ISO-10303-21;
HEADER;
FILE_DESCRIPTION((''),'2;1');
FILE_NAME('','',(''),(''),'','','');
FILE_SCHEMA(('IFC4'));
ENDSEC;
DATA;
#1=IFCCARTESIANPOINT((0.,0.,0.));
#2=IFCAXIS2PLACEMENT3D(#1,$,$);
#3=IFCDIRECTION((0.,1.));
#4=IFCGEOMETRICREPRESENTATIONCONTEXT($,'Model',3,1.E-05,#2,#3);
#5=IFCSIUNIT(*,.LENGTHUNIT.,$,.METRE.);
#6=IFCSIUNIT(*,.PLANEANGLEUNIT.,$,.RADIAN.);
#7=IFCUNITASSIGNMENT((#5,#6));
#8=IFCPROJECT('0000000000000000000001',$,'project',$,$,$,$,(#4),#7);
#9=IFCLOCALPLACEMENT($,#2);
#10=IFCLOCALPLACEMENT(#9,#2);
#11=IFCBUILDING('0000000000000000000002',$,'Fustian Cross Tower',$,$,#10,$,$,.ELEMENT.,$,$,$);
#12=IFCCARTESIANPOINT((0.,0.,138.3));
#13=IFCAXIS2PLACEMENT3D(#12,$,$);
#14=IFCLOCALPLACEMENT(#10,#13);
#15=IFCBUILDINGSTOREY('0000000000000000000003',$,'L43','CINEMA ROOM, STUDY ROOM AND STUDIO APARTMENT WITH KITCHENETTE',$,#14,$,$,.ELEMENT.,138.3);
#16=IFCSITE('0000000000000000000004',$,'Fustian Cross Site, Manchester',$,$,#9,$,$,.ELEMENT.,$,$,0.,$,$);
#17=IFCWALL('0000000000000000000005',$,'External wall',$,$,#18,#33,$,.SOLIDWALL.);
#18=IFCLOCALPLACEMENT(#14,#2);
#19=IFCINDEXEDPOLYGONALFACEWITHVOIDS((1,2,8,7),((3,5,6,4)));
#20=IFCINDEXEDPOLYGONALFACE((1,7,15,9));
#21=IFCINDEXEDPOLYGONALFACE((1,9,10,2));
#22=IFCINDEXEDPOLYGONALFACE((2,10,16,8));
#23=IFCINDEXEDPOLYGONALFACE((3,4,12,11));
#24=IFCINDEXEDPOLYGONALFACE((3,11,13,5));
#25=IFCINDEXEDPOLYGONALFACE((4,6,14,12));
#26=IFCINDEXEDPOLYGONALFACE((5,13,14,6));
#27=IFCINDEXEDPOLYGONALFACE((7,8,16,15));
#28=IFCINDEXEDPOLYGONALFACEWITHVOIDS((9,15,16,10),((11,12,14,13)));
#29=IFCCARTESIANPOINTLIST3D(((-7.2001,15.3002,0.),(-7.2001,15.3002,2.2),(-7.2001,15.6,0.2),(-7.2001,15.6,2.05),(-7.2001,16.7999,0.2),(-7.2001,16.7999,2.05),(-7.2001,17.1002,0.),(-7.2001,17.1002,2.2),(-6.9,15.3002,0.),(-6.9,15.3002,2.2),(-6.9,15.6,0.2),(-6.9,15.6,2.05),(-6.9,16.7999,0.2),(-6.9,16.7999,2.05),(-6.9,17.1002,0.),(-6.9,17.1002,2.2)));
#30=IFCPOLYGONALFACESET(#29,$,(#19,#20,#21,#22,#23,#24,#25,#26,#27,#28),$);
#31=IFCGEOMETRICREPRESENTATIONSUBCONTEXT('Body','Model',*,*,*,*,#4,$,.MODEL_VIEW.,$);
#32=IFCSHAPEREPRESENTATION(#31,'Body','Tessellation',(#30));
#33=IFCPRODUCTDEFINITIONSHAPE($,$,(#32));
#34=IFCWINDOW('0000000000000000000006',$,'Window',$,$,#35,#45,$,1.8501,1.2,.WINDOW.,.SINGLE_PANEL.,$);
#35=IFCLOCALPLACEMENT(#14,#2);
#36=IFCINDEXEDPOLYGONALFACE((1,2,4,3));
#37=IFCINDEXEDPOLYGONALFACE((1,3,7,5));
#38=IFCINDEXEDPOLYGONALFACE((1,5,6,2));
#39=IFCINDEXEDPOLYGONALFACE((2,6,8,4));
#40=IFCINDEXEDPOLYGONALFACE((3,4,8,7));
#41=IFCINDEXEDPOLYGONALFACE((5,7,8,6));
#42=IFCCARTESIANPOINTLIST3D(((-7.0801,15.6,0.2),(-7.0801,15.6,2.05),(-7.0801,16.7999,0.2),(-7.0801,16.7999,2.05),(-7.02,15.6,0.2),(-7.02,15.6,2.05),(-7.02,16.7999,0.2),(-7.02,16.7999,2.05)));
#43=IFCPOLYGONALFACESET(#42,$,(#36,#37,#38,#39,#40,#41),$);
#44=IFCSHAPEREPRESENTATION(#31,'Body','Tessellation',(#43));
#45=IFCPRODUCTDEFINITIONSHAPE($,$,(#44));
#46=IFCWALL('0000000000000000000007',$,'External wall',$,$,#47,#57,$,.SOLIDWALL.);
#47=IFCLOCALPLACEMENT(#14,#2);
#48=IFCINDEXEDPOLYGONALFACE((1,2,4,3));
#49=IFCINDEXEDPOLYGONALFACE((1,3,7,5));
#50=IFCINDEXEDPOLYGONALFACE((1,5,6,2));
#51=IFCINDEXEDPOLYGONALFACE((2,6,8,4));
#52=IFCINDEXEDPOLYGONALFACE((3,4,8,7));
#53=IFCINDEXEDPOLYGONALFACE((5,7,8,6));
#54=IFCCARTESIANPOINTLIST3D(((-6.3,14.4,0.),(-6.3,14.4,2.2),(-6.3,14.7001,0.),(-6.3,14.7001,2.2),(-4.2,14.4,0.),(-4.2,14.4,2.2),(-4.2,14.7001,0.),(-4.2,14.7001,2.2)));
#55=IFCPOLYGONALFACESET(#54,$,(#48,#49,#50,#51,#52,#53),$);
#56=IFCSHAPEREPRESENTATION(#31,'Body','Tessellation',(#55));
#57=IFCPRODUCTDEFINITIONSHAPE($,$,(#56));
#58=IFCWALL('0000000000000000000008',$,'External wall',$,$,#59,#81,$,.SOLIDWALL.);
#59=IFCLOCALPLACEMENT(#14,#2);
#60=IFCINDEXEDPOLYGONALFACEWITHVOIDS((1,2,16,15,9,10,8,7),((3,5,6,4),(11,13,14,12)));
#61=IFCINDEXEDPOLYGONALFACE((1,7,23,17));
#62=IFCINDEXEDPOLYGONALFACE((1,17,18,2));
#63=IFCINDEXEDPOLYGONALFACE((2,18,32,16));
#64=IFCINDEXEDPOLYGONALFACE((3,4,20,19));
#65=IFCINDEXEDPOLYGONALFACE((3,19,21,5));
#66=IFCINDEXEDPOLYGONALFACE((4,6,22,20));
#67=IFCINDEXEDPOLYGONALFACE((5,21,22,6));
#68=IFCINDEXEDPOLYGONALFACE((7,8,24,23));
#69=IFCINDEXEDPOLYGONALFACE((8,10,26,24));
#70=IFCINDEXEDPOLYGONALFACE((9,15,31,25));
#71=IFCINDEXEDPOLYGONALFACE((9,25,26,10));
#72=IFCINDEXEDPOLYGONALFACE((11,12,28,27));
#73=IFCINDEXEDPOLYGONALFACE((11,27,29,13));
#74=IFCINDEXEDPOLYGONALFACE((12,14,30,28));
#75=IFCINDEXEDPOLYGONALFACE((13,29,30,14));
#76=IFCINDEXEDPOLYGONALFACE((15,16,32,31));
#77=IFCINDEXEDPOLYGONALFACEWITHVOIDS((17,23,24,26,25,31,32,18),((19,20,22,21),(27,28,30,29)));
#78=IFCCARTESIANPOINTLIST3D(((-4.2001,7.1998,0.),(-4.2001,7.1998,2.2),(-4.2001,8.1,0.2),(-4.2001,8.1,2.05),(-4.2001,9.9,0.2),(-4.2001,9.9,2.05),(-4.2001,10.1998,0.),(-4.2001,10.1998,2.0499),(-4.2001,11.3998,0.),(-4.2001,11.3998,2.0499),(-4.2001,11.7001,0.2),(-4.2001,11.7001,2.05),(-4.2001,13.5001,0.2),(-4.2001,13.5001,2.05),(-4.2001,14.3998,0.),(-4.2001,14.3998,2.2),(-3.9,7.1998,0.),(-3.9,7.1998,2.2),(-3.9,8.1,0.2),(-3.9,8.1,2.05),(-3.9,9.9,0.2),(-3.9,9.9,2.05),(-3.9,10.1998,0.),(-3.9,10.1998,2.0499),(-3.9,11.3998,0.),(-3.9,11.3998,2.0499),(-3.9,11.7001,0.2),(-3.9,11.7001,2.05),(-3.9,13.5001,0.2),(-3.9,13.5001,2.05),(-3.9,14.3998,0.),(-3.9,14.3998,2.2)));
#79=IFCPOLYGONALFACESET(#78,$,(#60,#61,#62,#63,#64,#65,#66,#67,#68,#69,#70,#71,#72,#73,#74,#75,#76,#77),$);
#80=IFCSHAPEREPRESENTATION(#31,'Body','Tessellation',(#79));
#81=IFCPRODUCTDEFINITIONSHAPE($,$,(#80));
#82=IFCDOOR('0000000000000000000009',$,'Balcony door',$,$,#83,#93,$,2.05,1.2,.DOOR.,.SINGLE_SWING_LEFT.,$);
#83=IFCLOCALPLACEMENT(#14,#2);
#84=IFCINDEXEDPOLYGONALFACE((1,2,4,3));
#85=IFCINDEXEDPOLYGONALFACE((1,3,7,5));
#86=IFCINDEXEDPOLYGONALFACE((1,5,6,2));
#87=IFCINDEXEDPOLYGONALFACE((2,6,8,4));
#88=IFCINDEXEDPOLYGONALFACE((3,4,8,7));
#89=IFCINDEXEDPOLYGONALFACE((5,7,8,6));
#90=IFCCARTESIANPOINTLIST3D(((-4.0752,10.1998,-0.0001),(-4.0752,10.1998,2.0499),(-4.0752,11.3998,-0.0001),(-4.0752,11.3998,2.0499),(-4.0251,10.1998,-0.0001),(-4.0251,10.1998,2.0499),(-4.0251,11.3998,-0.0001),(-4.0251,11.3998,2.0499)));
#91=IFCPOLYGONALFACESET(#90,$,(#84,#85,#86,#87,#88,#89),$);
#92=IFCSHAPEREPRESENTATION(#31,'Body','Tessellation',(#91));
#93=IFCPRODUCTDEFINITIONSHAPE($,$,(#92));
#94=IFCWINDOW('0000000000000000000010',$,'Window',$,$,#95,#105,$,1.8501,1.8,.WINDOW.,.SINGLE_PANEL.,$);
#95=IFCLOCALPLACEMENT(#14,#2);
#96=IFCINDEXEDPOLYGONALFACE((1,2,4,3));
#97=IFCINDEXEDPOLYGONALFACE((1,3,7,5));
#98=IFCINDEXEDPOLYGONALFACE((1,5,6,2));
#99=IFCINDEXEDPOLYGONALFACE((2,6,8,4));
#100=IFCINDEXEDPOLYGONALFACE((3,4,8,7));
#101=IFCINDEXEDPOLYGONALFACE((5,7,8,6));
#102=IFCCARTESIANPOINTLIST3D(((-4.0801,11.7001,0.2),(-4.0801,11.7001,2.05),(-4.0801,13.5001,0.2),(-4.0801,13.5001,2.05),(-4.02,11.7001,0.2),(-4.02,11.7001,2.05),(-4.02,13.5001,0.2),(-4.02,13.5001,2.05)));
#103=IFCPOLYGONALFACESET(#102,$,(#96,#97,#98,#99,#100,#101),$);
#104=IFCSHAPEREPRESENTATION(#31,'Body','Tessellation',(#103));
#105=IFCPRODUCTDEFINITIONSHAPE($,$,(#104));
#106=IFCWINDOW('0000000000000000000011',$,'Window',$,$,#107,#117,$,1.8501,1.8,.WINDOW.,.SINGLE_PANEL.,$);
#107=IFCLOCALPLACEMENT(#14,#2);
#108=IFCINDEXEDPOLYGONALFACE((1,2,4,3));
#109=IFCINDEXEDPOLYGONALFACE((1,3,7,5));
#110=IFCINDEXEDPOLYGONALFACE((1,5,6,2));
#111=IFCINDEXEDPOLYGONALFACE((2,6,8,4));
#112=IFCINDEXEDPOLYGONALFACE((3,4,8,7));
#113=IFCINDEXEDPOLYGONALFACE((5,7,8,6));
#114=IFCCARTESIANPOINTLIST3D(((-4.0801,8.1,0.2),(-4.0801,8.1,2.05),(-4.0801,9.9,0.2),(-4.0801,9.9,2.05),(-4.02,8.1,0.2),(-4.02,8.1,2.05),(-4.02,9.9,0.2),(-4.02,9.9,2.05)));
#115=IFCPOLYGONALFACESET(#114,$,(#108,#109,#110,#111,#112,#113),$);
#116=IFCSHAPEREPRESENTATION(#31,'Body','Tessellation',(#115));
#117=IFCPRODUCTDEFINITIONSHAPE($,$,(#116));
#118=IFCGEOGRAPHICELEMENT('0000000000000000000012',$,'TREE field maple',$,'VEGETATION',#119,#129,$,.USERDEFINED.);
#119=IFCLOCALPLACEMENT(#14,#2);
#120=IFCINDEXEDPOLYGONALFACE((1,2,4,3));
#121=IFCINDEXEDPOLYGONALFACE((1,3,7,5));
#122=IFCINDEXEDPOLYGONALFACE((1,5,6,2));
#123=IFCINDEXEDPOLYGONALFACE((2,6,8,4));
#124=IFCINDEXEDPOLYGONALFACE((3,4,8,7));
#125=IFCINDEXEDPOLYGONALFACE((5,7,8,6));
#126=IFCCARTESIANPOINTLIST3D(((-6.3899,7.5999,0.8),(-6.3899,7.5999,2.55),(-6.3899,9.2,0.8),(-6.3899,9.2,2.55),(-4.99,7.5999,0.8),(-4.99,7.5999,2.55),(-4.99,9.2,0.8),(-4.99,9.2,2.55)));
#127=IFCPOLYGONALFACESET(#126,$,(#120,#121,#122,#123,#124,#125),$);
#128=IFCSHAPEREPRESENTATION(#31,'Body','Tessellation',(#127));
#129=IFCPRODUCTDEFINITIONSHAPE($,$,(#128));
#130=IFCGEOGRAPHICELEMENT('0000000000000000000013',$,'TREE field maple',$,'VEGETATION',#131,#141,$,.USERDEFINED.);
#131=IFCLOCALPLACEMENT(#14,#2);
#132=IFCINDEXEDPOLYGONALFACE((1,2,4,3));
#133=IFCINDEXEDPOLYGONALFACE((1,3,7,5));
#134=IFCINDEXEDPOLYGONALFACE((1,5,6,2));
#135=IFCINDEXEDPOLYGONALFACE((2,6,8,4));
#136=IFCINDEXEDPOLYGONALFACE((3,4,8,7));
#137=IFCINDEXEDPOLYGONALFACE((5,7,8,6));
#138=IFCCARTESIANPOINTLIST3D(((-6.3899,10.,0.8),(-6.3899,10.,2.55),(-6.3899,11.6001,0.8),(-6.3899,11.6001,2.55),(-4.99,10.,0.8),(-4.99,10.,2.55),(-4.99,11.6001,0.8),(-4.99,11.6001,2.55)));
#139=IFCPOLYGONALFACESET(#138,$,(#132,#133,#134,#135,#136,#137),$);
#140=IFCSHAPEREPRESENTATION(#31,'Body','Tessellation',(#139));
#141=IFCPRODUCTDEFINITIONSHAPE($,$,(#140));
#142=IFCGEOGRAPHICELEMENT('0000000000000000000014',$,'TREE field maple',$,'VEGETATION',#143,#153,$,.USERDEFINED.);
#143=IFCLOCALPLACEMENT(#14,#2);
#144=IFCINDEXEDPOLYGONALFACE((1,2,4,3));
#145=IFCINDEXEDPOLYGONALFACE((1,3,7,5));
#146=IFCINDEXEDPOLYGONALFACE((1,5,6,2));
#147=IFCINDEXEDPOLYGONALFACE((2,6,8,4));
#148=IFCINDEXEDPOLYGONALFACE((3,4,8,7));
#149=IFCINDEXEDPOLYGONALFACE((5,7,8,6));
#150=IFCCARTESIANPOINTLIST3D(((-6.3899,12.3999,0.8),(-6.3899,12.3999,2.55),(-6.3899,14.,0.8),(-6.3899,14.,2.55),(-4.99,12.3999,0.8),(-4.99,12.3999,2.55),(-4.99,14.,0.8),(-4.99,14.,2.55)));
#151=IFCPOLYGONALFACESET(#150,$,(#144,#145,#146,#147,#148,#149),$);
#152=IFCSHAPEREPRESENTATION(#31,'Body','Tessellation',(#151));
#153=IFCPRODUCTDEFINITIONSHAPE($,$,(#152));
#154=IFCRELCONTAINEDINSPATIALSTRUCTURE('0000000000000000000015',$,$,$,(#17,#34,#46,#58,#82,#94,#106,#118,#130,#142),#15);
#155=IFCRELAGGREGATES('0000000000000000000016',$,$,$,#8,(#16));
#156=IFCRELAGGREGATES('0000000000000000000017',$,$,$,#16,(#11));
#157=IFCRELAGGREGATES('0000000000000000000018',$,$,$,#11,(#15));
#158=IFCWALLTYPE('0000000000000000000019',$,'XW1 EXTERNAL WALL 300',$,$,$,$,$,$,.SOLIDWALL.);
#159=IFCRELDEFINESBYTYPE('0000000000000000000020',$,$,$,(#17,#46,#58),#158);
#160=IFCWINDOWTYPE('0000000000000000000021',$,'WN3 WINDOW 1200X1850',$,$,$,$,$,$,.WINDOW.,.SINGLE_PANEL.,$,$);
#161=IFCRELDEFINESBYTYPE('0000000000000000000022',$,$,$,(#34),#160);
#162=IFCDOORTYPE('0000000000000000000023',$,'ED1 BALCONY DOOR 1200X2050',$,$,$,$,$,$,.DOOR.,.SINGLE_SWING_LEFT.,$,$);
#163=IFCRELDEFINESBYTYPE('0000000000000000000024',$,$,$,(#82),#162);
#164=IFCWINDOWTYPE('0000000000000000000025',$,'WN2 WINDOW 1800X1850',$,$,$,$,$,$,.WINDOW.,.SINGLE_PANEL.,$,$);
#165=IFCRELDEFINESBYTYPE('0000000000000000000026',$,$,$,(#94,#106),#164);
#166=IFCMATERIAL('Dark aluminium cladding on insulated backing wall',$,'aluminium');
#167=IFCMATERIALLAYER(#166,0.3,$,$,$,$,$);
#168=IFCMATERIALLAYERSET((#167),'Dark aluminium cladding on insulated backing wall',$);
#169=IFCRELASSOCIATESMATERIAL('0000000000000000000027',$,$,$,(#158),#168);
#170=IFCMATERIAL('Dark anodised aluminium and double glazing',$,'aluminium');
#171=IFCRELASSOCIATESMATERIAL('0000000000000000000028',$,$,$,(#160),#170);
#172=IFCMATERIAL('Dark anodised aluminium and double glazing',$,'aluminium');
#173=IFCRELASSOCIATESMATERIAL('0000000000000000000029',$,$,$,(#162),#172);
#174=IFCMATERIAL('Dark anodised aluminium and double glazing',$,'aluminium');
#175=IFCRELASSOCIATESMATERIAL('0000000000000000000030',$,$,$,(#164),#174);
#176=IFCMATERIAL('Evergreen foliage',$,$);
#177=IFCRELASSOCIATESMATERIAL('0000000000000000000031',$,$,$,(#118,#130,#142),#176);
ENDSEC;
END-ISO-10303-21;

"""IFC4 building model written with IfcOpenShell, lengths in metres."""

from ifc_helpers import new_model, si_unit, direction, frame, frame_2d, origin, origin_2d, place, context, subcontext, project, spatial, rectangle, extrude, material, layer, layer_set, type_object, element, fill, save


model = new_model("IFC4")

# Units and contexts
model_context = context("Model", 3, precision=1e-05, world=origin(), true_north=direction((0.0, 1.0)))
body_context = subcontext(model_context, "Body", "Model", "MODEL_VIEW")
ifc_project = project(units=[si_unit("LENGTHUNIT", "METRE"), si_unit("PLANEANGLEUNIT", "RADIAN")], contexts=[model_context])

# Site, building, storey
site_placement = place(None, origin())
site = spatial("IfcSite", under=ifc_project, at=site_placement, Name="Fustian Cross Site, Manchester", CompositionType="ELEMENT", RefElevation=0.0)
building_placement = place(site_placement, origin())
building = spatial("IfcBuilding", under=site, at=building_placement, Name="Fustian Cross Tower", CompositionType="ELEMENT")
storey_placement = place(building_placement, frame((0.0, 0.0, 138.3)))
storey = spatial("IfcBuildingStorey", under=building, at=storey_placement, Name="L43", Description="CINEMA ROOM, STUDY ROOM AND STUDIO APARTMENT WITH KITCHENETTE", CompositionType="ELEMENT", Elevation=138.3)

# Shared definitions
ifc_material_1 = material(Name="Dark aluminium cladding on insulated backing wall", Category="aluminium")
ifc_layer_1 = layer(ifc_material_1, 0.3)
ifc_layer_set_1 = layer_set([ifc_layer_1], Name="Dark aluminium cladding on insulated backing wall")
wall_type_1 = type_object("IfcWallType", Name="XW1 EXTERNAL WALL 300", PredefinedType="SOLIDWALL", material=ifc_layer_set_1)

# Shared definitions
ifc_material_2 = material(Name="Dark anodised aluminium and double glazing", Category="aluminium")
window_type_1 = type_object("IfcWindowType", Name="WN3 WINDOW 1200X1850", PartitioningType="SINGLE_PANEL", PredefinedType="WINDOW", material=ifc_material_2)

# Wall, opening, window
wall_1_placement = place(storey_placement, frame((-7.05, 17.1001, 0.0), z_axis=(0.0, 0.0, 1.0), x_axis=(0.0, -1.0, 0.0)))
wall_1 = element("IfcWall", 1, at=wall_1_placement, inside=storey, type_object=wall_type_1, Name="External wall", PredefinedType="SOLIDWALL", context=body_context, shape_type="SweptSolid", body=[
    extrude(rectangle(XDim=1.8, YDim=0.3, at=frame_2d((0.8999, 0.0))), origin(), (0.0, 0.0, 1.0), 2.2),
])
opening_1_placement = place(wall_1_placement, frame((0.3, 0.0, 0.2)))
opening_1 = element("IfcOpeningElement", 2, at=opening_1_placement, cuts=wall_1, PredefinedType="OPENING", context=body_context, shape_type="SweptSolid", body=[
    extrude(rectangle(XDim=1.2, YDim=1.8501, at=frame_2d((0.6001, 0.925))), frame((0.0, 0.1599, 0.0), z_axis=(0.0, -1.0, 0.0), x_axis=(1.0, 0.0, 0.0)), (0.0, 0.0, 1.0), 0.3201),
])
window_1_placement = place(opening_1_placement, origin())
window_1 = element("IfcWindow", 3, at=window_1_placement, inside=storey, type_object=window_type_1, Name="Window", OverallHeight=1.8501, OverallWidth=1.2, PartitioningType="SINGLE_PANEL", PredefinedType="WINDOW", context=body_context, shape_type="SweptSolid", body=[
    extrude(rectangle(XDim=1.2, YDim=1.8501, at=frame_2d((0.6001, 0.925))), frame((0.0, 0.03, 0.0), z_axis=(0.0, -1.0, 0.0), x_axis=(1.0, 0.0, 0.0)), (0.0, 0.0, 1.0), 0.0601),
])
fill(opening_1, window_1)

# Wall
wall_2_placement = place(storey_placement, frame((-6.3, 14.55, 0.0), z_axis=(0.0, 0.0, 1.0), x_axis=(1.0, 0.0, 0.0)))
element("IfcWall", 4, at=wall_2_placement, inside=storey, type_object=wall_type_1, Name="External wall", PredefinedType="SOLIDWALL", context=body_context, shape_type="SweptSolid", body=[
    extrude(rectangle(XDim=2.1001, YDim=0.3, at=frame_2d((1.05, 0.0))), origin(), (0.0, 0.0, 1.0), 2.2),
])

# Wall, openings, door, windows
wall_3_placement = place(storey_placement, frame((-4.05, 14.3999, 0.0), z_axis=(0.0, 0.0, 1.0), x_axis=(0.0, -1.0, 0.0)))
wall_3 = element("IfcWall", 5, at=wall_3_placement, inside=storey, type_object=wall_type_1, Name="External wall", PredefinedType="SOLIDWALL", context=body_context, shape_type="SweptSolid", body=[
    extrude(rectangle(XDim=7.2, YDim=0.3, at=frame_2d((3.6001, 0.0))), origin(), (0.0, 0.0, 1.0), 2.2),
])
opening_2_placement = place(wall_3_placement, frame((3.0, 0.0, 0.0)))
opening_2 = element("IfcOpeningElement", 6, at=opening_2_placement, cuts=wall_3, PredefinedType="OPENING", context=body_context, shape_type="SweptSolid", body=[
    extrude(rectangle(XDim=1.2, YDim=2.05, at=frame_2d((0.6001, 1.0249))), frame((0.0, 0.1599, 0.0), z_axis=(0.0, -1.0, 0.0), x_axis=(1.0, 0.0, 0.0)), (0.0, 0.0, 1.0), 0.3201),
])
opening_3_placement = place(wall_3_placement, frame((0.8999, 0.0, 0.2)))
opening_3 = element("IfcOpeningElement", 7, at=opening_3_placement, cuts=wall_3, PredefinedType="OPENING", context=body_context, shape_type="SweptSolid", body=[
    extrude(rectangle(XDim=1.8, YDim=1.8501, at=frame_2d((0.8999, 0.925))), frame((0.0, 0.1599, 0.0), z_axis=(0.0, -1.0, 0.0), x_axis=(1.0, 0.0, 0.0)), (0.0, 0.0, 1.0), 0.3201),
])
opening_4_placement = place(wall_3_placement, frame((4.5, 0.0, 0.2)))
opening_4 = element("IfcOpeningElement", 8, at=opening_4_placement, cuts=wall_3, PredefinedType="OPENING", context=body_context, shape_type="SweptSolid", body=[
    extrude(rectangle(XDim=1.8, YDim=1.8501, at=frame_2d((0.8999, 0.925))), frame((0.0, 0.1599, 0.0), z_axis=(0.0, -1.0, 0.0), x_axis=(1.0, 0.0, 0.0)), (0.0, 0.0, 1.0), 0.3201),
])
ifc_material_3 = material(Name="Dark anodised aluminium and double glazing", Category="aluminium")
door_type = type_object("IfcDoorType", Name="ED1 BALCONY DOOR 1200X2050", OperationType="SINGLE_SWING_LEFT", PredefinedType="DOOR", material=ifc_material_3)
door_placement = place(opening_2_placement, origin())
door = element("IfcDoor", 9, at=door_placement, inside=storey, type_object=door_type, Name="Balcony door", OperationType="SINGLE_SWING_LEFT", OverallHeight=2.05, OverallWidth=1.2, PredefinedType="DOOR", context=body_context, shape_type="SweptSolid", body=[
    extrude(rectangle(XDim=1.2, YDim=2.05, at=frame_2d((0.6001, 1.0249))), frame((0.0, 0.0249, 0.0), z_axis=(0.0, -1.0, 0.0), x_axis=(1.0, 0.0, 0.0)), (0.0, 0.0, 1.0), 0.05),
])
fill(opening_2, door)
ifc_material_4 = material(Name="Dark anodised aluminium and double glazing", Category="aluminium")
window_type_2 = type_object("IfcWindowType", Name="WN2 WINDOW 1800X1850", PartitioningType="SINGLE_PANEL", PredefinedType="WINDOW", material=ifc_material_4)
window_2_placement = place(opening_3_placement, origin())
window_2 = element("IfcWindow", 10, at=window_2_placement, inside=storey, type_object=window_type_2, Name="Window", OverallHeight=1.8501, OverallWidth=1.8, PartitioningType="SINGLE_PANEL", PredefinedType="WINDOW", context=body_context, shape_type="SweptSolid", body=[
    extrude(rectangle(XDim=1.8, YDim=1.8501, at=frame_2d((0.8999, 0.925))), frame((0.0, 0.03, 0.0), z_axis=(0.0, -1.0, 0.0), x_axis=(1.0, 0.0, 0.0)), (0.0, 0.0, 1.0), 0.0601),
])
fill(opening_3, window_2)
window_3_placement = place(opening_4_placement, origin())
window_3 = element("IfcWindow", 11, at=window_3_placement, inside=storey, type_object=window_type_2, Name="Window", OverallHeight=1.8501, OverallWidth=1.8, PartitioningType="SINGLE_PANEL", PredefinedType="WINDOW", context=body_context, shape_type="SweptSolid", body=[
    extrude(rectangle(XDim=1.8, YDim=1.8501, at=frame_2d((0.8999, 0.925))), frame((0.0, 0.03, 0.0), z_axis=(0.0, -1.0, 0.0), x_axis=(1.0, 0.0, 0.0)), (0.0, 0.0, 1.0), 0.0601),
])
fill(opening_4, window_3)

# Geographic elements
ifc_material_5 = material(Name="Evergreen foliage")
for number, where, z_axis, x_axis, name in (
    (12, (-5.6899, 8.3999, 0.8), (0.0, 0.0, 1.0), (1.0, 0.0, 0.0), "TREE field maple"),
    (13, (-5.6899, 10.8, 0.8), (0.0, 0.0, 1.0), (1.0, 0.0, 0.0), "TREE field maple"),
    (14, (-5.6899, 13.2, 0.8), (0.0, 0.0, 1.0), (1.0, 0.0, 0.0), "TREE field maple"),
):
    element("IfcGeographicElement", number, at=place(storey_placement, frame(where, z_axis=z_axis, x_axis=x_axis)), inside=storey, material=ifc_material_5, Name=name, ObjectType="VEGETATION", PredefinedType="USERDEFINED", context=body_context, shape_type="SweptSolid", body=[
        extrude(rectangle(XDim=1.3999, YDim=1.6001, at=origin_2d()), origin(), (0.0, 0.0, 1.0), 1.75),
    ])

save(model, "model.ifc")
